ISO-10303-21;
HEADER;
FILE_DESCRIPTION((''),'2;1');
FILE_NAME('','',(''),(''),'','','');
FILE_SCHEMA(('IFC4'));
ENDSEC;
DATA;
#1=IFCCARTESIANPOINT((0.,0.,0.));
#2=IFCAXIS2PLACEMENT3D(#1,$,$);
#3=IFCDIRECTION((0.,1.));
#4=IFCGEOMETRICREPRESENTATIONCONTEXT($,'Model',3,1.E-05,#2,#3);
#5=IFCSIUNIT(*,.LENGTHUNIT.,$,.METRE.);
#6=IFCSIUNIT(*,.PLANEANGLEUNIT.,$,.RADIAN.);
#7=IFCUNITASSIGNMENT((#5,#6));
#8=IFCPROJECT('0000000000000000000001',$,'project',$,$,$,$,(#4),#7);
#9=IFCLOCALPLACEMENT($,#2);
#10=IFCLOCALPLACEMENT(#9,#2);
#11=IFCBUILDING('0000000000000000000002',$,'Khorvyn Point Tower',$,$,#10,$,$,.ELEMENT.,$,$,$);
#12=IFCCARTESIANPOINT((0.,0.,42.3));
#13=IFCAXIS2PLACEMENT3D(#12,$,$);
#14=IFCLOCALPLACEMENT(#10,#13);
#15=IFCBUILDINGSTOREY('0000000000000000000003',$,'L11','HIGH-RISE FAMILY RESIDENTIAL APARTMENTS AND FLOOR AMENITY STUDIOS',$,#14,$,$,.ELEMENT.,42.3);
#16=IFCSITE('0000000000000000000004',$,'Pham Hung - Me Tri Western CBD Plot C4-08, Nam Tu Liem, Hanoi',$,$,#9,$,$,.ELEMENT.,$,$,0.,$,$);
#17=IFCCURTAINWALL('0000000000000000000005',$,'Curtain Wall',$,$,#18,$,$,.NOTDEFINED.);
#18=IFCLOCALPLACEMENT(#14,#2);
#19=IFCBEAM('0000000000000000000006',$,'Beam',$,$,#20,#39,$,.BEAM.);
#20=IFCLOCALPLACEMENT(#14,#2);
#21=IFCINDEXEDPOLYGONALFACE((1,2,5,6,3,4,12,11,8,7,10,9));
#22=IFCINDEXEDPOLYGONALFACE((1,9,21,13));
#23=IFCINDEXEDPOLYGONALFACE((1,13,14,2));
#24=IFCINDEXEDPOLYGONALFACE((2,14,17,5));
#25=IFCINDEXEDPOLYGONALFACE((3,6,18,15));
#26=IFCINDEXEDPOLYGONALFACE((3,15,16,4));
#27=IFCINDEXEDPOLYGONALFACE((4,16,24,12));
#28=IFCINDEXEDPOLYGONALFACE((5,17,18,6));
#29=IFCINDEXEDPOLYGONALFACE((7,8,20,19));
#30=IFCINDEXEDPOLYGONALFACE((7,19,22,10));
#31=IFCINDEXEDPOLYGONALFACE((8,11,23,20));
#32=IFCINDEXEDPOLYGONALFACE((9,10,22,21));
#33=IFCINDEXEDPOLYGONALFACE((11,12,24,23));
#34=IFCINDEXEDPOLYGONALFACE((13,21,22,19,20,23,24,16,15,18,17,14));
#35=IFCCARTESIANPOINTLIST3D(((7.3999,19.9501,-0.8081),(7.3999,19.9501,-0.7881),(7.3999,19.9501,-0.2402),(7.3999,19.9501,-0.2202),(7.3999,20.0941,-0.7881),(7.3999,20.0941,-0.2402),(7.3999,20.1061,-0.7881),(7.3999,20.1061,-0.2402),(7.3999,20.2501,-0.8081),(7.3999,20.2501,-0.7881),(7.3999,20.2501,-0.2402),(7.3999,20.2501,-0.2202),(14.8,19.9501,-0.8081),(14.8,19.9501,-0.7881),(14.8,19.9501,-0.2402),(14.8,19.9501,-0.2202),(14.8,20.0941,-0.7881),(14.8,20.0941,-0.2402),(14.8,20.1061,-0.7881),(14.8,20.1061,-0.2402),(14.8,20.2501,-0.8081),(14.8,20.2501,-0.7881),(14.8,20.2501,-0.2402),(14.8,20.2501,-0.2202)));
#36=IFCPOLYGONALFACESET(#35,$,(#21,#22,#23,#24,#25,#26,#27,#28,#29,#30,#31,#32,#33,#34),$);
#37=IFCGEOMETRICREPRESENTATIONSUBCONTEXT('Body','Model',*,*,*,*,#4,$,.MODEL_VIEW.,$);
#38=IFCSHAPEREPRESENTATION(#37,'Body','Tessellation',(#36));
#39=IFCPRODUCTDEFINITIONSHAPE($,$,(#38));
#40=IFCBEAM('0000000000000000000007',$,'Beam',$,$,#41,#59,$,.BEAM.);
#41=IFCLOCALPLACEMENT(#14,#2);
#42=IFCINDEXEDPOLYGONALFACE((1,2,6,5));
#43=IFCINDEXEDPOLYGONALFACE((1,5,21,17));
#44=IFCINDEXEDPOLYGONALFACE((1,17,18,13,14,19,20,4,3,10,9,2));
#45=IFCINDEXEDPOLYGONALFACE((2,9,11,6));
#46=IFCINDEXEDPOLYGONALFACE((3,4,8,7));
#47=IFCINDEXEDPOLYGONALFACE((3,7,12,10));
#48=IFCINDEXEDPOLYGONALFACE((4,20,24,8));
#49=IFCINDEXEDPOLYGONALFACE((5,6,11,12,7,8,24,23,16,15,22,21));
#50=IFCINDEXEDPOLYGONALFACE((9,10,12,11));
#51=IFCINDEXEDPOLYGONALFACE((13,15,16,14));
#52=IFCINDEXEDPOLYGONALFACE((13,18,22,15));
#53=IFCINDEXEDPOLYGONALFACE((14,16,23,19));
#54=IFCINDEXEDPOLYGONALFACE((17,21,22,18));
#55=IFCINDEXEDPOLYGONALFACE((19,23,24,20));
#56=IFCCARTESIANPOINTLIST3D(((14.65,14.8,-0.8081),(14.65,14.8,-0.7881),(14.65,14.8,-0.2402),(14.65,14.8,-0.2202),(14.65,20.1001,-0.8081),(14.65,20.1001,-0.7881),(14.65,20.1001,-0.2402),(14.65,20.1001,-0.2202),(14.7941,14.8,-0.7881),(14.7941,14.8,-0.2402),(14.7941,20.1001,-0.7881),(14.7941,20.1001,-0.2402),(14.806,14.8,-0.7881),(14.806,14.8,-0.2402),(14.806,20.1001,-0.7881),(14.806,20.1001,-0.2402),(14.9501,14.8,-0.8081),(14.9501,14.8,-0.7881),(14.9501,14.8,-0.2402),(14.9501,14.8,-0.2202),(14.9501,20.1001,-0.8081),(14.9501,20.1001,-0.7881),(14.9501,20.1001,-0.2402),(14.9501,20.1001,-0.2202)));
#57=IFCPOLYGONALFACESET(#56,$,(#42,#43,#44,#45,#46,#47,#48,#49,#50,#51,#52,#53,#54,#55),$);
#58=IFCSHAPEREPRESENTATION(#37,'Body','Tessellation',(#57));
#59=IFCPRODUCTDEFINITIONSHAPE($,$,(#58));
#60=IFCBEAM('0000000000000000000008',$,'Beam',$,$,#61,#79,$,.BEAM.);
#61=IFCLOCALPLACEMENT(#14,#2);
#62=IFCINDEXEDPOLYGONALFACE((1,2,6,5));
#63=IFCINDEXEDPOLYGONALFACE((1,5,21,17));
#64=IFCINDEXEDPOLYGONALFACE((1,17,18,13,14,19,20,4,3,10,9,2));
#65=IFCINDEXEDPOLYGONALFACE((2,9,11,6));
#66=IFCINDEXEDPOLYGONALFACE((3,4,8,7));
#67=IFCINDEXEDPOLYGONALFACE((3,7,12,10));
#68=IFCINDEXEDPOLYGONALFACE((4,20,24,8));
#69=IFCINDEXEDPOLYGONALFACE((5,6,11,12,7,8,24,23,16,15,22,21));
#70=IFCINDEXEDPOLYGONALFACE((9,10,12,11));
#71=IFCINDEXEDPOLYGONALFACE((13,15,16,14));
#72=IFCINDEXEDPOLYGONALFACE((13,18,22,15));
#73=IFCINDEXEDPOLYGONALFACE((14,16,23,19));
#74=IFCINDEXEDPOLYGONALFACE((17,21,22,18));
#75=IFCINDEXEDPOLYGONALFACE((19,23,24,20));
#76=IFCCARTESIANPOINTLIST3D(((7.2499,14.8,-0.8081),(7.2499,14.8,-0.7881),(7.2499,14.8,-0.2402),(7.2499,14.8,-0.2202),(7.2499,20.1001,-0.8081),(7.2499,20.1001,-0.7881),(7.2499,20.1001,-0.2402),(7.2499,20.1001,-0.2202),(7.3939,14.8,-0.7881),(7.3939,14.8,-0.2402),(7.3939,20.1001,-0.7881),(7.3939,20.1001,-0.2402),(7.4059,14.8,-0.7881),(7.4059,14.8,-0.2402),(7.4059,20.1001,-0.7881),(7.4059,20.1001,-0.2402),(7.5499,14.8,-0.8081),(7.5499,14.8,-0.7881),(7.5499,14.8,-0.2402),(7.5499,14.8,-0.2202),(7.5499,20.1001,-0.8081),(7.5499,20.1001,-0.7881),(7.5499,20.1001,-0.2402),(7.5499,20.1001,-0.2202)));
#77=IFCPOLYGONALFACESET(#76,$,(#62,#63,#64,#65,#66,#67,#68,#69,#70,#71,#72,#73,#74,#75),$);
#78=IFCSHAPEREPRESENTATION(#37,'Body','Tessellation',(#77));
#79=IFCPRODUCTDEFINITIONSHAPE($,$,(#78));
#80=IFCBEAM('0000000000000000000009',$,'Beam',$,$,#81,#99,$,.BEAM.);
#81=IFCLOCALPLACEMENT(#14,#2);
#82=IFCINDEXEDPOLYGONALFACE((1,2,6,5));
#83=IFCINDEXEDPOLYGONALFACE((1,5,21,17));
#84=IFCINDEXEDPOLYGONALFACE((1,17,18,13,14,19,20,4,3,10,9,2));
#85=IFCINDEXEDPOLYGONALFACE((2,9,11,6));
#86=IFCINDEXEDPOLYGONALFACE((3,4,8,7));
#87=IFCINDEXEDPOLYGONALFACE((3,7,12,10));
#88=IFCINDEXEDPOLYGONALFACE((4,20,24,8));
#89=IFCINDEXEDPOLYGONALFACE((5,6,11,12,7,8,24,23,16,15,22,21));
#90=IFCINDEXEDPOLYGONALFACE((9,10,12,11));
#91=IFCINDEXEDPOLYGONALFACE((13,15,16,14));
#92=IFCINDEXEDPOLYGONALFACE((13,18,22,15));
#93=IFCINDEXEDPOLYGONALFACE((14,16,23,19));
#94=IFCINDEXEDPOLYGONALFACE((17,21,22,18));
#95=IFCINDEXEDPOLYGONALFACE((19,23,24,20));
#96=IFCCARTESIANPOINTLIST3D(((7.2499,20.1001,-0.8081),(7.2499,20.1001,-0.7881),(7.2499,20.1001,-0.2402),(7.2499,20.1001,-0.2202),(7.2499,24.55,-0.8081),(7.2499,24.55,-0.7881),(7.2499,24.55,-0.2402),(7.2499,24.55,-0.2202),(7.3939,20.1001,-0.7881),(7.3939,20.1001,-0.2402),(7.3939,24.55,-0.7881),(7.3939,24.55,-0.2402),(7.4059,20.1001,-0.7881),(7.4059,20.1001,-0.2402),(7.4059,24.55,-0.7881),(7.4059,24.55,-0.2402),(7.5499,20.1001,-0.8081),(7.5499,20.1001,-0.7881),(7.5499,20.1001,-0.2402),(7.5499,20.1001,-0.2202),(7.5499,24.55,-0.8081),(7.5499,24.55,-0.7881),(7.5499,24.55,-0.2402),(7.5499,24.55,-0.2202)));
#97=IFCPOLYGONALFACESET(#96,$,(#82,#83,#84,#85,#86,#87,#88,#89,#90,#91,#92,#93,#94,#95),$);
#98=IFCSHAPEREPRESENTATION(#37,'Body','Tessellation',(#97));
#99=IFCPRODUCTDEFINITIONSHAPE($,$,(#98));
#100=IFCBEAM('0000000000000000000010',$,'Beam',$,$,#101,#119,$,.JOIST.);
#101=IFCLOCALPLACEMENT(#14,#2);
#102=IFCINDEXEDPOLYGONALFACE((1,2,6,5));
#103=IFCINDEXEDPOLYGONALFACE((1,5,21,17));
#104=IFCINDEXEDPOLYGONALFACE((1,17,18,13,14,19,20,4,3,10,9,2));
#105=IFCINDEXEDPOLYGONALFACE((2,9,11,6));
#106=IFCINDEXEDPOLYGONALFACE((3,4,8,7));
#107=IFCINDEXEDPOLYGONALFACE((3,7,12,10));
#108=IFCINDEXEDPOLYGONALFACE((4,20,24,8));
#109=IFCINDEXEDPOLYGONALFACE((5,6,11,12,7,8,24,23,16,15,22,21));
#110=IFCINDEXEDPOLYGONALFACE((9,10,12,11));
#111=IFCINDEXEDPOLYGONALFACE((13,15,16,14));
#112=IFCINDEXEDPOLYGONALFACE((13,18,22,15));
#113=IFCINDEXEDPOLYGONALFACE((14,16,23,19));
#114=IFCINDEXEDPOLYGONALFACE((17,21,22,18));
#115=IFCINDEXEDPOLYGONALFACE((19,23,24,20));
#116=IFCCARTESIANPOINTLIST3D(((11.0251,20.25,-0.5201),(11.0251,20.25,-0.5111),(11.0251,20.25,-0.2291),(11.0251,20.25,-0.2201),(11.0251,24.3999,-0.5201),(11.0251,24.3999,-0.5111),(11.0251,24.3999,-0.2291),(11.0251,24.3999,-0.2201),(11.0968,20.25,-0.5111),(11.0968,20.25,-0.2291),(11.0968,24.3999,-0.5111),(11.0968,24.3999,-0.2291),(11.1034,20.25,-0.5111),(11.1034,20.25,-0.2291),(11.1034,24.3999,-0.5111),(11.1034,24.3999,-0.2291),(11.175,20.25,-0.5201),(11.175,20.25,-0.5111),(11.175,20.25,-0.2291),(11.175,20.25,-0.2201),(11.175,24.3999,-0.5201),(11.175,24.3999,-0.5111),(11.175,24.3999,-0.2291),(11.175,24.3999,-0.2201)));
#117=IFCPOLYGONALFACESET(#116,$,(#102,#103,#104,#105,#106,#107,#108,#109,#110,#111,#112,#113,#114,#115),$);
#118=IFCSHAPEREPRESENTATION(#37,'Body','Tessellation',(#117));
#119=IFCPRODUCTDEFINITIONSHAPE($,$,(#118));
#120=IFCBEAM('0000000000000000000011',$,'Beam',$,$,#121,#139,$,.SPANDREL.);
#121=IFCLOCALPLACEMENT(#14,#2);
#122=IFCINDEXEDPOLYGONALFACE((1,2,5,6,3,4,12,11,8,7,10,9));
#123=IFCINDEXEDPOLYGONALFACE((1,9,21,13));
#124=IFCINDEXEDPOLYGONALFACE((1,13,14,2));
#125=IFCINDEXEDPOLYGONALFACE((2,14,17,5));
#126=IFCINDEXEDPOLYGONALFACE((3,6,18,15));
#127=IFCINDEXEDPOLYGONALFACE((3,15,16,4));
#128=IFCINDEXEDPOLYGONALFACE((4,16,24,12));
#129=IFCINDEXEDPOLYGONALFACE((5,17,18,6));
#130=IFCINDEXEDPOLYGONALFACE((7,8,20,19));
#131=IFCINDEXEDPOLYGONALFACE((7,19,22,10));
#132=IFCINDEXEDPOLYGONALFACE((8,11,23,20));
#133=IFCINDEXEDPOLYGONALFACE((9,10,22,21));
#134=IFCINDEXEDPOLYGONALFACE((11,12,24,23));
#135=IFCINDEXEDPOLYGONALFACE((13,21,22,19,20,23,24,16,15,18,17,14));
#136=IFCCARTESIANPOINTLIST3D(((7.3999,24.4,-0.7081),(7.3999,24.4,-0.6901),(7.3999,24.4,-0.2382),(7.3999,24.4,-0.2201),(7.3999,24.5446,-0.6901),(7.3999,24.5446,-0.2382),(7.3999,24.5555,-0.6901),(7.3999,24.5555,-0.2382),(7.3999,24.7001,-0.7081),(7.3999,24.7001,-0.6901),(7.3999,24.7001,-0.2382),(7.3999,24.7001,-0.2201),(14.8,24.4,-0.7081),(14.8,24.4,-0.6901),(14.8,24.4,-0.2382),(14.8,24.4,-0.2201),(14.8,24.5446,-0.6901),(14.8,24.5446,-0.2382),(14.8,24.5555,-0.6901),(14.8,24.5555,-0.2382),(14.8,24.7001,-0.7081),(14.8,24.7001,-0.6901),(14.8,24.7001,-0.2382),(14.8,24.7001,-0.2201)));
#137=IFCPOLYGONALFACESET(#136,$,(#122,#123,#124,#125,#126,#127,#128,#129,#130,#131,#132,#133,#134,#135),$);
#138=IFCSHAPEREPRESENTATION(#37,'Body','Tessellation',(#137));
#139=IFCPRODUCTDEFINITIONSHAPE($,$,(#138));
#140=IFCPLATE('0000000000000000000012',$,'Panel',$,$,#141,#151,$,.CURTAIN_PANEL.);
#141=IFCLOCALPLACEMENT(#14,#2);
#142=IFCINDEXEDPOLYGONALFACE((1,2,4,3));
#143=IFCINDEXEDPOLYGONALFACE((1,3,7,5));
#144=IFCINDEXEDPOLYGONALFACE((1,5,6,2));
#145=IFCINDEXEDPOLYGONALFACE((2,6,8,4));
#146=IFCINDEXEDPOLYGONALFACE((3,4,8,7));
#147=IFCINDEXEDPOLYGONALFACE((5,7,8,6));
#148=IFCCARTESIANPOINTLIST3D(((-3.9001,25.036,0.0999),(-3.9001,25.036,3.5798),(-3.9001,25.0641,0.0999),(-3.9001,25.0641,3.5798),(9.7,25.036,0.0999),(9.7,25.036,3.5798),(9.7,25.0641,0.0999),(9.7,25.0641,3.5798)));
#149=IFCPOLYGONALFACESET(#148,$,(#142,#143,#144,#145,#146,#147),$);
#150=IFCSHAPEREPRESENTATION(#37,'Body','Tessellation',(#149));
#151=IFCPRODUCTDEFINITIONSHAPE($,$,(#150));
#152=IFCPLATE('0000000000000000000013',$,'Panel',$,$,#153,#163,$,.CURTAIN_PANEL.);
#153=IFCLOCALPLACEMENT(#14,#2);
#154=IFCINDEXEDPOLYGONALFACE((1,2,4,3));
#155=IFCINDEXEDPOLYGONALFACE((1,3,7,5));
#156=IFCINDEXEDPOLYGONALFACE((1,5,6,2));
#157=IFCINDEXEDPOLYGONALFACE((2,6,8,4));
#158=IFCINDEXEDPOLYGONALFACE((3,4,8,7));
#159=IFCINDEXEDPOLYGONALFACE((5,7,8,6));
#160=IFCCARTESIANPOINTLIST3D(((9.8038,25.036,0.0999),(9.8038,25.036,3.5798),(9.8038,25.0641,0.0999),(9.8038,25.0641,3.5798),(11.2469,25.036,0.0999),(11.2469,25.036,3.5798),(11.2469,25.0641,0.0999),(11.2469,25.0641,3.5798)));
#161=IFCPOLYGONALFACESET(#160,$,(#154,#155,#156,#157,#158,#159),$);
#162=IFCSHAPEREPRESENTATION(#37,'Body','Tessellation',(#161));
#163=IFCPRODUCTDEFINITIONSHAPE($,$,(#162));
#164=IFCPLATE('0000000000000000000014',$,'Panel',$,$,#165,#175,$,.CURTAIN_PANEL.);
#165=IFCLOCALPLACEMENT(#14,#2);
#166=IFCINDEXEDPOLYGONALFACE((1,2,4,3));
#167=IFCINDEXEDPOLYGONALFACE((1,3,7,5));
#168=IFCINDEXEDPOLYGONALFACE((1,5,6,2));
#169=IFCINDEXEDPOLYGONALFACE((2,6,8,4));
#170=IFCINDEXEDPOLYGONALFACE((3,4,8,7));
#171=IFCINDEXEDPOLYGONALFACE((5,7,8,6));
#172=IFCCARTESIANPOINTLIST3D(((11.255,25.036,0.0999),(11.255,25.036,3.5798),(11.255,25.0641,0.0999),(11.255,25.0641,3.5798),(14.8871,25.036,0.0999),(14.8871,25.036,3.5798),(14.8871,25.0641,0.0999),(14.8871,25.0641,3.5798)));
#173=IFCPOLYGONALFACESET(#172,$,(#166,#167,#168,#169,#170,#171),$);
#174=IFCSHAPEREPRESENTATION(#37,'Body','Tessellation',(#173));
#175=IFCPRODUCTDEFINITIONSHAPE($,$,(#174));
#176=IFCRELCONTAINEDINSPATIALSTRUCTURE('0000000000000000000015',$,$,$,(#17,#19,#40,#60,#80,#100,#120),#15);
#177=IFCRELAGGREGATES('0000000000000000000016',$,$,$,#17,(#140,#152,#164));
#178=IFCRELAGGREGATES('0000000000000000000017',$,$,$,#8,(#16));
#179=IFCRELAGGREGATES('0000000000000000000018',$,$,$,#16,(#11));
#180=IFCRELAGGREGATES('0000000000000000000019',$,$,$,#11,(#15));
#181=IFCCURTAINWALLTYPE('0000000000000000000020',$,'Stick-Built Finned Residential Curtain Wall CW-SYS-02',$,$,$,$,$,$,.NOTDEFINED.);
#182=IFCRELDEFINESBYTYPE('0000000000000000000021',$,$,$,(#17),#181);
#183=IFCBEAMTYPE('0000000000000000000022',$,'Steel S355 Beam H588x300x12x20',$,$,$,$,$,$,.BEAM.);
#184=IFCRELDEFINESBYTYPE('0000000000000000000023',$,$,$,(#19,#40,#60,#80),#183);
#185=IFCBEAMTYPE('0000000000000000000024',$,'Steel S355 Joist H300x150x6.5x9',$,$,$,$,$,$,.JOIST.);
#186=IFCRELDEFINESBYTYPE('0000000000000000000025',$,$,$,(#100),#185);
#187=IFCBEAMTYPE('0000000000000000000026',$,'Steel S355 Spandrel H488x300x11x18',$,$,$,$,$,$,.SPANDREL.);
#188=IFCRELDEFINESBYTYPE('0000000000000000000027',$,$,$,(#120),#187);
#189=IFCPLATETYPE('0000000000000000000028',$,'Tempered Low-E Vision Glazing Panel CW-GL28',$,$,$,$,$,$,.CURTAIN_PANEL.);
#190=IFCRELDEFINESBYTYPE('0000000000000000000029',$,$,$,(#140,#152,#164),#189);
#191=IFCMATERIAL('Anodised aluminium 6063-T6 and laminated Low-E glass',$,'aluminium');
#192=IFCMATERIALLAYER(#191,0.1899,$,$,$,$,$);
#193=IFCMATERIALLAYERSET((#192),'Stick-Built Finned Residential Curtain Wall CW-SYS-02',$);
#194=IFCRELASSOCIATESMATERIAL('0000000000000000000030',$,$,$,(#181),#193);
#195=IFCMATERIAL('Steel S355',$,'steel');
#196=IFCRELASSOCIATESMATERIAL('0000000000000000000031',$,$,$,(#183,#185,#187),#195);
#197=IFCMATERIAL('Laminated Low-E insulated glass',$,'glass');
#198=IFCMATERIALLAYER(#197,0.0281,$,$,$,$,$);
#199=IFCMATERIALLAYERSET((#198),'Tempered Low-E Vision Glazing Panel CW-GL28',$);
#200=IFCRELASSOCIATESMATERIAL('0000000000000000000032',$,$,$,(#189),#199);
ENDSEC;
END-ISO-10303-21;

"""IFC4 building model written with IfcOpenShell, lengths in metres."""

from ifc_helpers import new_model, si_unit, direction, frame, origin, origin_2d, place, context, subcontext, project, spatial, rectangle, i_section, extrude, material, layer, layer_set, material_profile, profile_set, type_object, element, aggregate, save


model = new_model("IFC4")

# Units and contexts
model_context = context("Model", 3, precision=1e-05, world=origin(), true_north=direction((0.0, 1.0)))
body_context = subcontext(model_context, "Body", "Model", "MODEL_VIEW")
ifc_project = project(units=[si_unit("LENGTHUNIT", "METRE"), si_unit("PLANEANGLEUNIT", "RADIAN")], contexts=[model_context])

# Site, building, storey
site_placement = place(None, origin())
site = spatial("IfcSite", under=ifc_project, at=site_placement, Name="Pham Hung - Me Tri Western CBD Plot C4-08, Nam Tu Liem, Hanoi", CompositionType="ELEMENT", RefElevation=0.0)
building_placement = place(site_placement, origin())
building = spatial("IfcBuilding", under=site, at=building_placement, Name="Khorvyn Point Tower", CompositionType="ELEMENT")
storey_placement = place(building_placement, frame((0.0, 0.0, 42.3)))
storey = spatial("IfcBuildingStorey", under=building, at=storey_placement, Name="L11", Description="HIGH-RISE FAMILY RESIDENTIAL APARTMENTS AND FLOOR AMENITY STUDIOS", CompositionType="ELEMENT", Elevation=42.3)

# Curtain wall
ifc_material_1 = material(Name="Anodised aluminium 6063-T6 and laminated Low-E glass", Category="aluminium")
ifc_layer_1 = layer(ifc_material_1, 0.1899)
ifc_layer_set_1 = layer_set([ifc_layer_1], Name="Stick-Built Finned Residential Curtain Wall CW-SYS-02")
curtain_wall_type = type_object("IfcCurtainWallType", Name="Stick-Built Finned Residential Curtain Wall CW-SYS-02", PredefinedType="NOTDEFINED", material=ifc_layer_set_1)
curtain_wall_placement = place(storey_placement, origin())
curtain_wall = element("IfcCurtainWall", 1, at=curtain_wall_placement, inside=storey, type_object=curtain_wall_type, Name="Curtain Wall", PredefinedType="NOTDEFINED")

# Beams
ifc_material_2 = material(Name="Steel S355", Category="steel")
ifc_material_profile_1 = material_profile(ifc_material_2, i_section(OverallWidth=0.3, OverallDepth=0.5879, WebThickness=0.012, FlangeThickness=0.02, at=origin_2d()))
ifc_profile_set_1 = profile_set([ifc_material_profile_1], Name="Steel S355 H588x300x12x20")
beam_type_1 = type_object("IfcBeamType", Name="Steel S355 Beam H588x300x12x20", PredefinedType="BEAM", material=ifc_profile_set_1)
beam_1_placement = place(storey_placement, frame((7.3999, 20.1001, -0.5142), z_axis=(1.0, 0.0, 0.0), x_axis=(0.0, 1.0, 0.0)))
element("IfcBeam", 2, at=beam_1_placement, inside=storey, type_object=beam_type_1, Name="Beam", PredefinedType="BEAM", context=body_context, shape_type="SweptSolid", body=[
    extrude(i_section(OverallWidth=0.3, OverallDepth=0.5879, WebThickness=0.012, FlangeThickness=0.02, at=origin_2d()), origin(), (0.0, 0.0, 1.0), 7.4001),
])
for number, where, z_axis, x_axis, name in (
    (3, (14.8, 14.8, -0.5142), (0.0, 1.0, 0.0), (-1.0, 0.0, 0.0), "Beam"),
    (4, (7.3999, 14.8, -0.5142), (0.0, 1.0, 0.0), (-1.0, 0.0, 0.0), "Beam"),
):
    element("IfcBeam", number, at=place(storey_placement, frame(where, z_axis=z_axis, x_axis=x_axis)), inside=storey, type_object=beam_type_1, Name=name, PredefinedType="BEAM", context=body_context, shape_type="SweptSolid", body=[
        extrude(i_section(OverallWidth=0.3, OverallDepth=0.5879, WebThickness=0.012, FlangeThickness=0.02, at=origin_2d()), origin(), (0.0, 0.0, 1.0), 5.3),
    ])
beam_2_placement = place(storey_placement, frame((7.3999, 20.1001, -0.5142), z_axis=(0.0, 1.0, 0.0), x_axis=(-1.0, 0.0, 0.0)))
element("IfcBeam", 5, at=beam_2_placement, inside=storey, type_object=beam_type_1, Name="Beam", PredefinedType="BEAM", context=body_context, shape_type="SweptSolid", body=[
    extrude(i_section(OverallWidth=0.3, OverallDepth=0.5879, WebThickness=0.012, FlangeThickness=0.02, at=origin_2d()), origin(), (0.0, 0.0, 1.0), 4.45),
])
ifc_material_profile_2 = material_profile(ifc_material_2, i_section(OverallWidth=0.1499, OverallDepth=0.3, WebThickness=0.0066, FlangeThickness=0.009, at=origin_2d()))
ifc_profile_set_2 = profile_set([ifc_material_profile_2], Name="Steel S355 H300x150x6.5x9")
beam_type_2 = type_object("IfcBeamType", Name="Steel S355 Joist H300x150x6.5x9", PredefinedType="JOIST", material=ifc_profile_set_2)
beam_3_placement = place(storey_placement, frame((11.1001, 20.25, -0.3701), z_axis=(0.0, 1.0, 0.0), x_axis=(-1.0, 0.0, 0.0)))
element("IfcBeam", 6, at=beam_3_placement, inside=storey, type_object=beam_type_2, Name="Beam", PredefinedType="JOIST", context=body_context, shape_type="SweptSolid", body=[
    extrude(i_section(OverallWidth=0.1499, OverallDepth=0.3, WebThickness=0.0066, FlangeThickness=0.009, at=origin_2d()), origin(), (0.0, 0.0, 1.0), 4.1499),
])
ifc_material_profile_3 = material_profile(ifc_material_2, i_section(OverallWidth=0.3, OverallDepth=0.488, WebThickness=0.011, FlangeThickness=0.0181, at=origin_2d()))
ifc_profile_set_3 = profile_set([ifc_material_profile_3], Name="Steel S355 H488x300x11x18")
beam_type_3 = type_object("IfcBeamType", Name="Steel S355 Spandrel H488x300x11x18", PredefinedType="SPANDREL", material=ifc_profile_set_3)
beam_4_placement = place(storey_placement, frame((7.3999, 24.55, -0.4641), z_axis=(1.0, 0.0, 0.0), x_axis=(0.0, 1.0, 0.0)))
element("IfcBeam", 7, at=beam_4_placement, inside=storey, type_object=beam_type_3, Name="Beam", PredefinedType="SPANDREL", context=body_context, shape_type="SweptSolid", body=[
    extrude(i_section(OverallWidth=0.3, OverallDepth=0.488, WebThickness=0.011, FlangeThickness=0.0181, at=origin_2d()), origin(), (0.0, 0.0, 1.0), 7.4001),
])

# Plates
ifc_material_3 = material(Name="Laminated Low-E insulated glass", Category="glass")
ifc_layer_2 = layer(ifc_material_3, 0.0281)
ifc_layer_set_2 = layer_set([ifc_layer_2], Name="Tempered Low-E Vision Glazing Panel CW-GL28")
plate_type = type_object("IfcPlateType", Name="Tempered Low-E Vision Glazing Panel CW-GL28", PredefinedType="CURTAIN_PANEL", material=ifc_layer_set_2)
plate_1_placement = place(storey_placement, frame((2.8999, 25.05, 0.0999), z_axis=(0.0, 0.0, 1.0), x_axis=(1.0, 0.0, 0.0)))
plate_1 = element("IfcPlate", 8, at=plate_1_placement, type_object=plate_type, Name="Panel", PredefinedType="CURTAIN_PANEL", context=body_context, shape_type="SweptSolid", body=[
    extrude(rectangle(XDim=13.6001, YDim=0.0281, at=origin_2d()), origin(), (0.0, 0.0, 1.0), 3.48),
])
plate_2_placement = place(storey_placement, frame((10.5254, 25.05, 0.0999), z_axis=(0.0, 0.0, 1.0), x_axis=(1.0, 0.0, 0.0)))
plate_2 = element("IfcPlate", 9, at=plate_2_placement, type_object=plate_type, Name="Panel", PredefinedType="CURTAIN_PANEL", context=body_context, shape_type="SweptSolid", body=[
    extrude(rectangle(XDim=1.4431, YDim=0.0281, at=origin_2d()), origin(), (0.0, 0.0, 1.0), 3.48),
])
plate_3_placement = place(storey_placement, frame((13.071, 25.05, 0.0999), z_axis=(0.0, 0.0, 1.0), x_axis=(1.0, 0.0, 0.0)))
plate_3 = element("IfcPlate", 10, at=plate_3_placement, type_object=plate_type, Name="Panel", PredefinedType="CURTAIN_PANEL", context=body_context, shape_type="SweptSolid", body=[
    extrude(rectangle(XDim=3.6321, YDim=0.0281, at=origin_2d()), origin(), (0.0, 0.0, 1.0), 3.48),
])
aggregate(curtain_wall, [plate_1, plate_2, plate_3])

save(model, "model.ifc")
